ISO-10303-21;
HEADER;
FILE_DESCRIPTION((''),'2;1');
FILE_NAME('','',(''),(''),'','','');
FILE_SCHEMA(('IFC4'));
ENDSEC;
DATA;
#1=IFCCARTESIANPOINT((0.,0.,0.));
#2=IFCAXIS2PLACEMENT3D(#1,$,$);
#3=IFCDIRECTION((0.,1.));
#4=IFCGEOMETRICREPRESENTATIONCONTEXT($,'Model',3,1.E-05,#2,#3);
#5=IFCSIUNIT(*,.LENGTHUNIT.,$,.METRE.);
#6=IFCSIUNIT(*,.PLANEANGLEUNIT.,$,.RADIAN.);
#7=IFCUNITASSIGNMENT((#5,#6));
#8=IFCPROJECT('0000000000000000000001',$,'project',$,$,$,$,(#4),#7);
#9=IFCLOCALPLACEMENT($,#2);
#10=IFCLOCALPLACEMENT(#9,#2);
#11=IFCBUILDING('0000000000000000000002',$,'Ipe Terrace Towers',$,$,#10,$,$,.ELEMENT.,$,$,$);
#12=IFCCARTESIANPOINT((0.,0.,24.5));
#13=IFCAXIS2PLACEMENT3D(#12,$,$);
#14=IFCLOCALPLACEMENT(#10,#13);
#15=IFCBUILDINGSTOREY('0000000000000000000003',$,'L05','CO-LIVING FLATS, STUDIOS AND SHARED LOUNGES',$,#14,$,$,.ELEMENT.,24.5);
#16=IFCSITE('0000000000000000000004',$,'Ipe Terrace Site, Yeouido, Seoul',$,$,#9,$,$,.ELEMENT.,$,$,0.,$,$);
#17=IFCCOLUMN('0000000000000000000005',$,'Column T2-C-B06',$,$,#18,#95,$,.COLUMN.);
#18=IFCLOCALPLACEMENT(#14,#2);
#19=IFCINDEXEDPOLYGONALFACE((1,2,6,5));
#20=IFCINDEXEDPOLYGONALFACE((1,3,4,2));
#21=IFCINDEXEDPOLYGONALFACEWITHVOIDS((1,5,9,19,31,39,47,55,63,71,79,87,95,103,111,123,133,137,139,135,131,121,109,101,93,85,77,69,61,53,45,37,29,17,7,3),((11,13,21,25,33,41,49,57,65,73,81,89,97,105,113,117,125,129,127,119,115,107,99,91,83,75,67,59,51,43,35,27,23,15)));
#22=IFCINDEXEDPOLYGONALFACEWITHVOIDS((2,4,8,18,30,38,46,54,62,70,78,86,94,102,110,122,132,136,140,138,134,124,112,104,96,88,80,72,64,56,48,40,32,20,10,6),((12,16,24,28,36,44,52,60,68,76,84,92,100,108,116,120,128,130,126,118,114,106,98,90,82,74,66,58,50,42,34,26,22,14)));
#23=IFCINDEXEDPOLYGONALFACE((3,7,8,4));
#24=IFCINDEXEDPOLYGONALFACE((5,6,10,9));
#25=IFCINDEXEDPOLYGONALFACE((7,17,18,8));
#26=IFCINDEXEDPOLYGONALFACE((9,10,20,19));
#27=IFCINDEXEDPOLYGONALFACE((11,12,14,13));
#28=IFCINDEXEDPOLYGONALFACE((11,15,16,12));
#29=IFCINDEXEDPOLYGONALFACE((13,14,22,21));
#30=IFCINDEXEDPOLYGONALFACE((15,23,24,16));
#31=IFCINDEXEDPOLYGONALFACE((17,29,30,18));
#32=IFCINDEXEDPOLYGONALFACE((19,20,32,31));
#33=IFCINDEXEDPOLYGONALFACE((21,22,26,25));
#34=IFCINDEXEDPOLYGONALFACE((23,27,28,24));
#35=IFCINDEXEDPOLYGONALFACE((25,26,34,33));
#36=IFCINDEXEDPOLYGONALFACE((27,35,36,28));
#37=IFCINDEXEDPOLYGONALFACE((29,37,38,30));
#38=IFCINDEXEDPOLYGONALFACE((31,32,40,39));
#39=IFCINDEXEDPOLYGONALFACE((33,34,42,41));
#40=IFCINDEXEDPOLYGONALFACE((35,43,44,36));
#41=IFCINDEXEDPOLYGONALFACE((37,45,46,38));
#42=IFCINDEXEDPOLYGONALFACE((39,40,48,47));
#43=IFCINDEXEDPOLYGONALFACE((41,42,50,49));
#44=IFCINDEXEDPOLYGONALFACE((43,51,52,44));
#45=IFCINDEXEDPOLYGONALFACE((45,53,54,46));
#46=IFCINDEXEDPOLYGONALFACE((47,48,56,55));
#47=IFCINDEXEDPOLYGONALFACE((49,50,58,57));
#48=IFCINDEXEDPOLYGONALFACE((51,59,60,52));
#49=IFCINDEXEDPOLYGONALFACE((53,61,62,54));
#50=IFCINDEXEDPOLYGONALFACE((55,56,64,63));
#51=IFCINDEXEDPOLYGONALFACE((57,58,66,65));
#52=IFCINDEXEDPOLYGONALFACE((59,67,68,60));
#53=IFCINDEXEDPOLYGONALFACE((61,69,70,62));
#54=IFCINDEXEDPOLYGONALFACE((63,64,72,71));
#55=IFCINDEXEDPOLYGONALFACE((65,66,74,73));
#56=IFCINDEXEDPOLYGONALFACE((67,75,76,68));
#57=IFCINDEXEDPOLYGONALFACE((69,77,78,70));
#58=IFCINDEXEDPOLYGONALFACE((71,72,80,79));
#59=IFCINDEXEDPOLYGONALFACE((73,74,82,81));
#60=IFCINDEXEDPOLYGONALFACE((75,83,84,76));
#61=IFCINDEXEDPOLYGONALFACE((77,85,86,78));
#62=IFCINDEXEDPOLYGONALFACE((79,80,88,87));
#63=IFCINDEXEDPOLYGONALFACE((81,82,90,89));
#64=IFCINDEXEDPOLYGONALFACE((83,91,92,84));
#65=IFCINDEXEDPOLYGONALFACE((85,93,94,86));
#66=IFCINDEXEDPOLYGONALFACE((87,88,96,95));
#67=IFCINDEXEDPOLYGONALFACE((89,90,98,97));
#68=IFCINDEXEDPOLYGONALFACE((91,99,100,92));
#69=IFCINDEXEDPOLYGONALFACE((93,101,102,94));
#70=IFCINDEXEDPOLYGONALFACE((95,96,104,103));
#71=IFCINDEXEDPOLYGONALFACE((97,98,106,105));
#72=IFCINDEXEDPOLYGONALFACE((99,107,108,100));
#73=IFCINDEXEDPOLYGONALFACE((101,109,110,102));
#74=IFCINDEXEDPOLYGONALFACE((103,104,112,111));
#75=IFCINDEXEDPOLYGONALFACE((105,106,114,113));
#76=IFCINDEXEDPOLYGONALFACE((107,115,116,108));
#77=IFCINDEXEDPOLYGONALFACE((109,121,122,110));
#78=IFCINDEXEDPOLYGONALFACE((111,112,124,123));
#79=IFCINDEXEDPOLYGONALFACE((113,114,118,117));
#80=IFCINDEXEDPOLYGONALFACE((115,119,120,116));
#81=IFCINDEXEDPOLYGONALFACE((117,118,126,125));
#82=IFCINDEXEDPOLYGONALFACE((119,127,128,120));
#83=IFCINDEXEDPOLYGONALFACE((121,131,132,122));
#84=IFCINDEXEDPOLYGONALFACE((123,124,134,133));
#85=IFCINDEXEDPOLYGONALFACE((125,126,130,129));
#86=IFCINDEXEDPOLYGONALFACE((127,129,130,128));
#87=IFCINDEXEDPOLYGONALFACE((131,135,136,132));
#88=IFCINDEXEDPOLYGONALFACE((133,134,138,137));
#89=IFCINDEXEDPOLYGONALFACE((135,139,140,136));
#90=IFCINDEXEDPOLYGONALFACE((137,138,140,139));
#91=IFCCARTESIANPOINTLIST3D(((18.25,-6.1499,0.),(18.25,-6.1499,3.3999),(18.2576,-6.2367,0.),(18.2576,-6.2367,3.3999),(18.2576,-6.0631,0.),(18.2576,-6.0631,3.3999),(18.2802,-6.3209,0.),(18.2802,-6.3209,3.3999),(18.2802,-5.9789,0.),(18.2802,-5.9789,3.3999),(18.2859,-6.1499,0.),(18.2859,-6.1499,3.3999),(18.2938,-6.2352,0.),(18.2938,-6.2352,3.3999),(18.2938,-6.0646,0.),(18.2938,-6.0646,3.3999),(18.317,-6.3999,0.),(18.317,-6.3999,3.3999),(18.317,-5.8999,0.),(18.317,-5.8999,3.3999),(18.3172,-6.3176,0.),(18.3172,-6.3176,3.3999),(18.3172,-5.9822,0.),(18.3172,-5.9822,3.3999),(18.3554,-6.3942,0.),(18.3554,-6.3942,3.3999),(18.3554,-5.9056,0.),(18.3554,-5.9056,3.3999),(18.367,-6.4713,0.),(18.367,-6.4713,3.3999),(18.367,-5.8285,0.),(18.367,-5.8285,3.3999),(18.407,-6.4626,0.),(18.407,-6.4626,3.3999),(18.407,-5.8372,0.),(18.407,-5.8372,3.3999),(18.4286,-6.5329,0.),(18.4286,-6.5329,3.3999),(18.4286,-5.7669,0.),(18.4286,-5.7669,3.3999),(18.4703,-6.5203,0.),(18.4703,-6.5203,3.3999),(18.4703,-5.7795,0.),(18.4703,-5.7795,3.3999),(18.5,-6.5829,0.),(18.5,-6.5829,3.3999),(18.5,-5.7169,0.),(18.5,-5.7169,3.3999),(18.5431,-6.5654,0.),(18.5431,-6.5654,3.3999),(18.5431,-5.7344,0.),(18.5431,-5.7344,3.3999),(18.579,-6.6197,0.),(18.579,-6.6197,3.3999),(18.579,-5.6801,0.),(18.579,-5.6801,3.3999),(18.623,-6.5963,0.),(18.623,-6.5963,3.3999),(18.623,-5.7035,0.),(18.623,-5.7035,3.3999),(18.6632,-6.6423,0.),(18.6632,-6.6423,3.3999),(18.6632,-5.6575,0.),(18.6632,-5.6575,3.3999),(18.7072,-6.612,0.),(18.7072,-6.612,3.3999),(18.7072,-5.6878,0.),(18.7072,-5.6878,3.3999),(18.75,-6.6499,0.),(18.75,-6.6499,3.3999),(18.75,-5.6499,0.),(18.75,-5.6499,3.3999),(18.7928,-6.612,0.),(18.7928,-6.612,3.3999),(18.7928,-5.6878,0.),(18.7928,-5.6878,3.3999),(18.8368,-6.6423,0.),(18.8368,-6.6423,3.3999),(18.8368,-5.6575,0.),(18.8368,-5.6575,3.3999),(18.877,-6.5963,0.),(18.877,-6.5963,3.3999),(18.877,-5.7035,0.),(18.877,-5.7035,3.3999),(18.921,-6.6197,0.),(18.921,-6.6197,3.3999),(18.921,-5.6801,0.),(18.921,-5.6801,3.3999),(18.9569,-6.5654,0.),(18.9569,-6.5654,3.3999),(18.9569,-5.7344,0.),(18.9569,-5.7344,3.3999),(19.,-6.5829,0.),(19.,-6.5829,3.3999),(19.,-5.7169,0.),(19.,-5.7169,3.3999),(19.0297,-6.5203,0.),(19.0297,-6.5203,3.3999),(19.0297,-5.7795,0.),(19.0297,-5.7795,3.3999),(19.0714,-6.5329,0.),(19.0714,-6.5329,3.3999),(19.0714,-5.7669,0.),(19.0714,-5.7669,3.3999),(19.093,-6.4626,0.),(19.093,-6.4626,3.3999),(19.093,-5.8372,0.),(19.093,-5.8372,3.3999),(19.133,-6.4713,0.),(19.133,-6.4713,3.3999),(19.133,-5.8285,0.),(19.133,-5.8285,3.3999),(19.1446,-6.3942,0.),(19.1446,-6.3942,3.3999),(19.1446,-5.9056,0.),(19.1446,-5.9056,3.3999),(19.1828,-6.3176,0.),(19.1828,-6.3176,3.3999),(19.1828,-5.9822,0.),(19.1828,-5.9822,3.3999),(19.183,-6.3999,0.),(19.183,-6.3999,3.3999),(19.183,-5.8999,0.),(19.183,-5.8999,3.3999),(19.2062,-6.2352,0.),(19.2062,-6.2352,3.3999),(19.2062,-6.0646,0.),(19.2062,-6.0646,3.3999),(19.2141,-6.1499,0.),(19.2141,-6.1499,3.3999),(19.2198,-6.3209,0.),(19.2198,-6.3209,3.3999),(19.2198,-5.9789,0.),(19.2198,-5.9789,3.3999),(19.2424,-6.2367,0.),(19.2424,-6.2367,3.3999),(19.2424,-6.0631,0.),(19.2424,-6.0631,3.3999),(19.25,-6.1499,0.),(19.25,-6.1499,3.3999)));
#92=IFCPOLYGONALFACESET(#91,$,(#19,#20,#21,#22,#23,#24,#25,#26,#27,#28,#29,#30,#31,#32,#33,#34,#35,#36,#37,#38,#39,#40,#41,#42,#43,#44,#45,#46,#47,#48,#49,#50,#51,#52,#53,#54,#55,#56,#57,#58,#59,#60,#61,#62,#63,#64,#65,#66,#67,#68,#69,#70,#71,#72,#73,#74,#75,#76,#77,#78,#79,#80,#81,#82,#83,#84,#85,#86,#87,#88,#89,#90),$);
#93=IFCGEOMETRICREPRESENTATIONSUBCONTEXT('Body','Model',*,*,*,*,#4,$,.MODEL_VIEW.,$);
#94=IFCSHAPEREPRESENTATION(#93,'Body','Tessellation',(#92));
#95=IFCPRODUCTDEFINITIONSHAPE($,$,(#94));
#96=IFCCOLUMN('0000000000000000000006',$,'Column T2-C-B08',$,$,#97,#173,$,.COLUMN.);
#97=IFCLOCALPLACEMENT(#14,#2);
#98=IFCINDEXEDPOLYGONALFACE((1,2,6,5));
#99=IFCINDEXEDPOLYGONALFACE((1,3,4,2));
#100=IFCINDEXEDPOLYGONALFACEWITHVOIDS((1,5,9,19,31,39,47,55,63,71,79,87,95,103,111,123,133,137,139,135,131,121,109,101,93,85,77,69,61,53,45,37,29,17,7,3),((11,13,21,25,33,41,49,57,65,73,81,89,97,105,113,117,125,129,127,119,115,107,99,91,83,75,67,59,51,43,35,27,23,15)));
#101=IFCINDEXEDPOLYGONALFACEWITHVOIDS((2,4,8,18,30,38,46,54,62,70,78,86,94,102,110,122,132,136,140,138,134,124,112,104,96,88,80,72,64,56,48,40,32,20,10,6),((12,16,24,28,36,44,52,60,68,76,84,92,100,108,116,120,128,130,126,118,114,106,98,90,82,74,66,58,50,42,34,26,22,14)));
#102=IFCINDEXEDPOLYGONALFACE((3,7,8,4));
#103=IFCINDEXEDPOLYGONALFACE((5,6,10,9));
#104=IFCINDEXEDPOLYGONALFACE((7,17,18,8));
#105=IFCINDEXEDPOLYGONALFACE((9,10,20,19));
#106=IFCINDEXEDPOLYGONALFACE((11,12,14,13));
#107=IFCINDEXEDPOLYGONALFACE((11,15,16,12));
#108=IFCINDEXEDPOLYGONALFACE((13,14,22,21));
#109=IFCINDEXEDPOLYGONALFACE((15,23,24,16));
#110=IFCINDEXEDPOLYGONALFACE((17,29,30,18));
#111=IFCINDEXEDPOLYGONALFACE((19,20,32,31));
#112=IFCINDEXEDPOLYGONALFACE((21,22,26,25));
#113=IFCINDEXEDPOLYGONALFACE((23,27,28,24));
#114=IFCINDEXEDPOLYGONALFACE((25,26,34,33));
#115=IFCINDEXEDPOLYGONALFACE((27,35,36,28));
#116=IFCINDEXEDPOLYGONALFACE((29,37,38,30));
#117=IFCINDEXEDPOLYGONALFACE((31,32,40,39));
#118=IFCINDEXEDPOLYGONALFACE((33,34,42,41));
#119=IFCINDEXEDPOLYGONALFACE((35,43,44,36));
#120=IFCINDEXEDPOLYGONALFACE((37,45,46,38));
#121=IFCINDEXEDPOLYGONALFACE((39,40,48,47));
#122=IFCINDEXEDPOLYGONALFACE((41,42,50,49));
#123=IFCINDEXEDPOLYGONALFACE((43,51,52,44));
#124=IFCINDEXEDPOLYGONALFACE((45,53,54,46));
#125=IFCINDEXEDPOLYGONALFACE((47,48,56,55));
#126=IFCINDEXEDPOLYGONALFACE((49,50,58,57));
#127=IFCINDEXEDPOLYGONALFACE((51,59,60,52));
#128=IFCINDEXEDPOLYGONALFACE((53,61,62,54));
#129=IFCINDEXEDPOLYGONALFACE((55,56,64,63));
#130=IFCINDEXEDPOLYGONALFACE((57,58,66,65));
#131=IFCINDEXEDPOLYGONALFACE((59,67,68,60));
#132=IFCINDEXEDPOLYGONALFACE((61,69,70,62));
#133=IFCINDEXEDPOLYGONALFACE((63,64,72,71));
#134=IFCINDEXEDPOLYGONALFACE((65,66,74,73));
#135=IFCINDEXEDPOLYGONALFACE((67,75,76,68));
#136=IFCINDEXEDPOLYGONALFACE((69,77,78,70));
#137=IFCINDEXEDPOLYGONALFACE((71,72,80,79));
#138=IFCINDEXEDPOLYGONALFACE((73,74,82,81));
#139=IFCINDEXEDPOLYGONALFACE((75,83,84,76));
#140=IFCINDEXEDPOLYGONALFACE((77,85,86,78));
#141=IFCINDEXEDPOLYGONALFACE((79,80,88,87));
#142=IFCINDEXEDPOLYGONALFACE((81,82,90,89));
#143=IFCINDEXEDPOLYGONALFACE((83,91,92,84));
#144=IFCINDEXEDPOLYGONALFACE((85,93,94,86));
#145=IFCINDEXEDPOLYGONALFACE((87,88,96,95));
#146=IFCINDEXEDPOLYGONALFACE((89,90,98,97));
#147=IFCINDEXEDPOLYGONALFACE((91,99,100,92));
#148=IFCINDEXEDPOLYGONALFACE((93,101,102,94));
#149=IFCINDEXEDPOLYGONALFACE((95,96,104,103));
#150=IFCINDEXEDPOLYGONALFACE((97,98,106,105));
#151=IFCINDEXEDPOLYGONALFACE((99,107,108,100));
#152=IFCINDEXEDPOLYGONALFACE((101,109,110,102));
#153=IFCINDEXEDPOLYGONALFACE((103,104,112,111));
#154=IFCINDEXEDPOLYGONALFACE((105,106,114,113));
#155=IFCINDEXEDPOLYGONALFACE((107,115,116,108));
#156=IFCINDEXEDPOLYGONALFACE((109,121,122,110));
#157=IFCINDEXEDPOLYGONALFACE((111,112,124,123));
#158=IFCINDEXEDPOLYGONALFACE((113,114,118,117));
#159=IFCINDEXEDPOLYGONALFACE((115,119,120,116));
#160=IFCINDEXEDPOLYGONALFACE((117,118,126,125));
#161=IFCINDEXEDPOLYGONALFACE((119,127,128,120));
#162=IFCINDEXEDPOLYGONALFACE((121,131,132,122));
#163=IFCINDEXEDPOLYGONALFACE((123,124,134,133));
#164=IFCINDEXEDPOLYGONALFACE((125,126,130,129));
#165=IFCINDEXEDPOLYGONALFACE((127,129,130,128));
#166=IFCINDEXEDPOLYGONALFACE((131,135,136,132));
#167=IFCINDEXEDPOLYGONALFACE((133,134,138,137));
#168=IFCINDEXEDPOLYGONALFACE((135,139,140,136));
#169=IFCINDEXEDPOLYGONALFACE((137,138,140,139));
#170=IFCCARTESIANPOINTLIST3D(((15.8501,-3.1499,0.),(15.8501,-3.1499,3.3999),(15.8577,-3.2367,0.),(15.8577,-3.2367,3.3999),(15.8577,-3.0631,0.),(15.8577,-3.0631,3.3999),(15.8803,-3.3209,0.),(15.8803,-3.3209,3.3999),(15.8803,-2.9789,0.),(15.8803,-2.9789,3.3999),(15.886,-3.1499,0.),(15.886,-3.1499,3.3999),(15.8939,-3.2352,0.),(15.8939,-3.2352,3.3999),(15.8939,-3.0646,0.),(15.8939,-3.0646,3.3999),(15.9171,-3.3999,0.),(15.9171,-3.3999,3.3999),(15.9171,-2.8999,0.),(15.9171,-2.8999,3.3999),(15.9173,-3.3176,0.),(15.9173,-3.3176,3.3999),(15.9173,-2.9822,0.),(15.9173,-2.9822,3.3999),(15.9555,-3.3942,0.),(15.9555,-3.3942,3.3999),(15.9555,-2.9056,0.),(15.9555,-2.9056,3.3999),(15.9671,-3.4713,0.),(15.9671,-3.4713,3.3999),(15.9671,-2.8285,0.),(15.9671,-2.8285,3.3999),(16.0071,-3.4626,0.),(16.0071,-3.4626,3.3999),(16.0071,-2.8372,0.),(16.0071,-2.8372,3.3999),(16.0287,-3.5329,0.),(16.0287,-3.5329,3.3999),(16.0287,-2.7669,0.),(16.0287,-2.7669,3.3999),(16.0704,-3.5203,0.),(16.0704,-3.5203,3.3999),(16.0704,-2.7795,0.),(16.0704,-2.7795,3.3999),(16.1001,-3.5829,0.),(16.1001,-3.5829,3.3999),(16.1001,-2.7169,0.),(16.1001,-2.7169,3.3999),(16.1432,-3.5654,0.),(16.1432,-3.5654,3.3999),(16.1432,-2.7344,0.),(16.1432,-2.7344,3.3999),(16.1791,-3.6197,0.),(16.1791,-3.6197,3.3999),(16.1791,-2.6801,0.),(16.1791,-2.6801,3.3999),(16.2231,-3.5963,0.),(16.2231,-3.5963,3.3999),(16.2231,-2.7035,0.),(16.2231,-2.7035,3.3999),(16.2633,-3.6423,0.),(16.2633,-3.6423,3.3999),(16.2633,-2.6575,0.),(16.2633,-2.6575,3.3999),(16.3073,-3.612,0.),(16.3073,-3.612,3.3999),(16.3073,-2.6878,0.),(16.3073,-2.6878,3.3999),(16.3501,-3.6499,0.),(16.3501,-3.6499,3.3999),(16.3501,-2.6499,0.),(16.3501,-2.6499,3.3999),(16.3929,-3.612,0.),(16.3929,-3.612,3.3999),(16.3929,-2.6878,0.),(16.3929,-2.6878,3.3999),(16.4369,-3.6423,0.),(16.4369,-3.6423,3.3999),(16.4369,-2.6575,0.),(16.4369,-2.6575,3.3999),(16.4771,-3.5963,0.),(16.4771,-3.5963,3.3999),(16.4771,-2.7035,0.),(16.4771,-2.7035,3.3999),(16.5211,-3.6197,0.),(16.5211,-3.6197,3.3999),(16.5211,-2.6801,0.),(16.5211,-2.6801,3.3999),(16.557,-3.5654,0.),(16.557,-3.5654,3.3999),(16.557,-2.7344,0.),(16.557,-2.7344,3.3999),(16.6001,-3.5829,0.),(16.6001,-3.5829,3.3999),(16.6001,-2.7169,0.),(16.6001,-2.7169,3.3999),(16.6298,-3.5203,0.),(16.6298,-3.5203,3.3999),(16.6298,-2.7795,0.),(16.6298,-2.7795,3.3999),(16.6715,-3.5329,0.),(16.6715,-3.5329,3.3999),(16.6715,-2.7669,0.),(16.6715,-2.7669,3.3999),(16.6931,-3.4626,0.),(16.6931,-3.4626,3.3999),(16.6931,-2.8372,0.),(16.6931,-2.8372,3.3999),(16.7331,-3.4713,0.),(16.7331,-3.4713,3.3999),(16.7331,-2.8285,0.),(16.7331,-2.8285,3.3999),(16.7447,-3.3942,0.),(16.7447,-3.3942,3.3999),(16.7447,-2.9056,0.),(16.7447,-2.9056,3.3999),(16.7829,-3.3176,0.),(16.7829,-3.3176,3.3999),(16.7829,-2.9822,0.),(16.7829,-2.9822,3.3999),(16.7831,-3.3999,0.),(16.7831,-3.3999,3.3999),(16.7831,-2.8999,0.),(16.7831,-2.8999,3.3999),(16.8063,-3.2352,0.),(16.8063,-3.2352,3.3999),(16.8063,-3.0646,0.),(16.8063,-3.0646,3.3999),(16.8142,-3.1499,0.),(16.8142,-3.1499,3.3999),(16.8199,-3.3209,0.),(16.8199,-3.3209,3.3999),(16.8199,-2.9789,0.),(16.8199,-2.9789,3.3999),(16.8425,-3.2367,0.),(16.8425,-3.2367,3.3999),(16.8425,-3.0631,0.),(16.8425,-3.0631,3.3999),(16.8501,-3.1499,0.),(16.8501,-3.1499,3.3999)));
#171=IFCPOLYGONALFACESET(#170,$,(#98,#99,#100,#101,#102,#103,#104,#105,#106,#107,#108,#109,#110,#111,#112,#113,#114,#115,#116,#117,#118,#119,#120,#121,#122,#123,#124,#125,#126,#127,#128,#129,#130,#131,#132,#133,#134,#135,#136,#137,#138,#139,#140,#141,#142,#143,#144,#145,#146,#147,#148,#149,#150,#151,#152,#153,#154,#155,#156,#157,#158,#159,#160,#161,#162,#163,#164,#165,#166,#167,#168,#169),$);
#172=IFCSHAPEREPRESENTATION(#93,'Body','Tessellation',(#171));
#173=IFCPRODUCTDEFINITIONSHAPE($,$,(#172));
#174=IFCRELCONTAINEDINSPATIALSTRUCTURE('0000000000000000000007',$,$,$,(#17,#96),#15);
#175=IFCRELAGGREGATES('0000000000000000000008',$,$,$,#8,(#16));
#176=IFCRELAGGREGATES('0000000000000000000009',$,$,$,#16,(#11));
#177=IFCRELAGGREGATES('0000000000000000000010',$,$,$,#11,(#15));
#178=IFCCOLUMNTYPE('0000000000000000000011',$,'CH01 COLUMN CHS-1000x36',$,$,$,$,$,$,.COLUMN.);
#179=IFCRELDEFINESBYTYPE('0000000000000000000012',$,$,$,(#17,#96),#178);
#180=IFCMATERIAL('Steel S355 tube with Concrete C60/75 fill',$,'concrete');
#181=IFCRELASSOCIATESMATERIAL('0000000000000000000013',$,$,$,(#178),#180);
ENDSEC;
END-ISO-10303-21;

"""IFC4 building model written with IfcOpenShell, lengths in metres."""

from ifc_helpers import new_model, si_unit, direction, frame, origin, origin_2d, place, context, subcontext, project, spatial, hollow_circle, extrude, material, material_profile, profile_set, type_object, element, save


model = new_model("IFC4")

# Units and contexts
model_context = context("Model", 3, precision=1e-05, world=origin(), true_north=direction((0.0, 1.0)))
body_context = subcontext(model_context, "Body", "Model", "MODEL_VIEW")
ifc_project = project(units=[si_unit("LENGTHUNIT", "METRE"), si_unit("PLANEANGLEUNIT", "RADIAN")], contexts=[model_context])

# Site, building, storey
site_placement = place(None, origin())
site = spatial("IfcSite", under=ifc_project, at=site_placement, Name="Ipe Terrace Site, Yeouido, Seoul", CompositionType="ELEMENT", RefElevation=0.0)
building_placement = place(site_placement, origin())
building = spatial("IfcBuilding", under=site, at=building_placement, Name="Ipe Terrace Towers", CompositionType="ELEMENT")
storey_placement = place(building_placement, frame((0.0, 0.0, 24.5)))
storey = spatial("IfcBuildingStorey", under=building, at=storey_placement, Name="L05", Description="CO-LIVING FLATS, STUDIOS AND SHARED LOUNGES", CompositionType="ELEMENT", Elevation=24.5)

# Columns
ifc_material_1 = material(Name="Steel S355 tube with Concrete C60/75 fill", Category="concrete")
ifc_material_profile_1 = material_profile(ifc_material_1, hollow_circle(Radius=0.5, WallThickness=0.0359, at=origin_2d()), Name="CHS-1000x36")
ifc_profile_set_1 = profile_set([ifc_material_profile_1], Name="Steel S355 tube with Concrete C60/75 fill")
column_type = type_object("IfcColumnType", Name="CH01 COLUMN CHS-1000x36", PredefinedType="COLUMN", material=ifc_profile_set_1)
for number, where, z_axis, x_axis, name in (
    (1, (18.75, -6.1499, 0.0), (0.0, 0.0, 1.0), (1.0, 0.0, 0.0), "Column T2-C-B06"),
    (2, (16.3501, -3.1499, 0.0), (0.0, 0.0, 1.0), (1.0, 0.0, 0.0), "Column T2-C-B08"),
):
    element("IfcColumn", number, at=place(storey_placement, frame(where, z_axis=z_axis, x_axis=x_axis)), inside=storey, type_object=column_type, Name=name, PredefinedType="COLUMN", context=body_context, shape_type="SweptSolid", body=[
        extrude(hollow_circle(Radius=0.5, WallThickness=0.0359, at=origin_2d()), origin(), (0.0, 0.0, 1.0), 3.3999),
    ])

save(model, "model.ifc")
